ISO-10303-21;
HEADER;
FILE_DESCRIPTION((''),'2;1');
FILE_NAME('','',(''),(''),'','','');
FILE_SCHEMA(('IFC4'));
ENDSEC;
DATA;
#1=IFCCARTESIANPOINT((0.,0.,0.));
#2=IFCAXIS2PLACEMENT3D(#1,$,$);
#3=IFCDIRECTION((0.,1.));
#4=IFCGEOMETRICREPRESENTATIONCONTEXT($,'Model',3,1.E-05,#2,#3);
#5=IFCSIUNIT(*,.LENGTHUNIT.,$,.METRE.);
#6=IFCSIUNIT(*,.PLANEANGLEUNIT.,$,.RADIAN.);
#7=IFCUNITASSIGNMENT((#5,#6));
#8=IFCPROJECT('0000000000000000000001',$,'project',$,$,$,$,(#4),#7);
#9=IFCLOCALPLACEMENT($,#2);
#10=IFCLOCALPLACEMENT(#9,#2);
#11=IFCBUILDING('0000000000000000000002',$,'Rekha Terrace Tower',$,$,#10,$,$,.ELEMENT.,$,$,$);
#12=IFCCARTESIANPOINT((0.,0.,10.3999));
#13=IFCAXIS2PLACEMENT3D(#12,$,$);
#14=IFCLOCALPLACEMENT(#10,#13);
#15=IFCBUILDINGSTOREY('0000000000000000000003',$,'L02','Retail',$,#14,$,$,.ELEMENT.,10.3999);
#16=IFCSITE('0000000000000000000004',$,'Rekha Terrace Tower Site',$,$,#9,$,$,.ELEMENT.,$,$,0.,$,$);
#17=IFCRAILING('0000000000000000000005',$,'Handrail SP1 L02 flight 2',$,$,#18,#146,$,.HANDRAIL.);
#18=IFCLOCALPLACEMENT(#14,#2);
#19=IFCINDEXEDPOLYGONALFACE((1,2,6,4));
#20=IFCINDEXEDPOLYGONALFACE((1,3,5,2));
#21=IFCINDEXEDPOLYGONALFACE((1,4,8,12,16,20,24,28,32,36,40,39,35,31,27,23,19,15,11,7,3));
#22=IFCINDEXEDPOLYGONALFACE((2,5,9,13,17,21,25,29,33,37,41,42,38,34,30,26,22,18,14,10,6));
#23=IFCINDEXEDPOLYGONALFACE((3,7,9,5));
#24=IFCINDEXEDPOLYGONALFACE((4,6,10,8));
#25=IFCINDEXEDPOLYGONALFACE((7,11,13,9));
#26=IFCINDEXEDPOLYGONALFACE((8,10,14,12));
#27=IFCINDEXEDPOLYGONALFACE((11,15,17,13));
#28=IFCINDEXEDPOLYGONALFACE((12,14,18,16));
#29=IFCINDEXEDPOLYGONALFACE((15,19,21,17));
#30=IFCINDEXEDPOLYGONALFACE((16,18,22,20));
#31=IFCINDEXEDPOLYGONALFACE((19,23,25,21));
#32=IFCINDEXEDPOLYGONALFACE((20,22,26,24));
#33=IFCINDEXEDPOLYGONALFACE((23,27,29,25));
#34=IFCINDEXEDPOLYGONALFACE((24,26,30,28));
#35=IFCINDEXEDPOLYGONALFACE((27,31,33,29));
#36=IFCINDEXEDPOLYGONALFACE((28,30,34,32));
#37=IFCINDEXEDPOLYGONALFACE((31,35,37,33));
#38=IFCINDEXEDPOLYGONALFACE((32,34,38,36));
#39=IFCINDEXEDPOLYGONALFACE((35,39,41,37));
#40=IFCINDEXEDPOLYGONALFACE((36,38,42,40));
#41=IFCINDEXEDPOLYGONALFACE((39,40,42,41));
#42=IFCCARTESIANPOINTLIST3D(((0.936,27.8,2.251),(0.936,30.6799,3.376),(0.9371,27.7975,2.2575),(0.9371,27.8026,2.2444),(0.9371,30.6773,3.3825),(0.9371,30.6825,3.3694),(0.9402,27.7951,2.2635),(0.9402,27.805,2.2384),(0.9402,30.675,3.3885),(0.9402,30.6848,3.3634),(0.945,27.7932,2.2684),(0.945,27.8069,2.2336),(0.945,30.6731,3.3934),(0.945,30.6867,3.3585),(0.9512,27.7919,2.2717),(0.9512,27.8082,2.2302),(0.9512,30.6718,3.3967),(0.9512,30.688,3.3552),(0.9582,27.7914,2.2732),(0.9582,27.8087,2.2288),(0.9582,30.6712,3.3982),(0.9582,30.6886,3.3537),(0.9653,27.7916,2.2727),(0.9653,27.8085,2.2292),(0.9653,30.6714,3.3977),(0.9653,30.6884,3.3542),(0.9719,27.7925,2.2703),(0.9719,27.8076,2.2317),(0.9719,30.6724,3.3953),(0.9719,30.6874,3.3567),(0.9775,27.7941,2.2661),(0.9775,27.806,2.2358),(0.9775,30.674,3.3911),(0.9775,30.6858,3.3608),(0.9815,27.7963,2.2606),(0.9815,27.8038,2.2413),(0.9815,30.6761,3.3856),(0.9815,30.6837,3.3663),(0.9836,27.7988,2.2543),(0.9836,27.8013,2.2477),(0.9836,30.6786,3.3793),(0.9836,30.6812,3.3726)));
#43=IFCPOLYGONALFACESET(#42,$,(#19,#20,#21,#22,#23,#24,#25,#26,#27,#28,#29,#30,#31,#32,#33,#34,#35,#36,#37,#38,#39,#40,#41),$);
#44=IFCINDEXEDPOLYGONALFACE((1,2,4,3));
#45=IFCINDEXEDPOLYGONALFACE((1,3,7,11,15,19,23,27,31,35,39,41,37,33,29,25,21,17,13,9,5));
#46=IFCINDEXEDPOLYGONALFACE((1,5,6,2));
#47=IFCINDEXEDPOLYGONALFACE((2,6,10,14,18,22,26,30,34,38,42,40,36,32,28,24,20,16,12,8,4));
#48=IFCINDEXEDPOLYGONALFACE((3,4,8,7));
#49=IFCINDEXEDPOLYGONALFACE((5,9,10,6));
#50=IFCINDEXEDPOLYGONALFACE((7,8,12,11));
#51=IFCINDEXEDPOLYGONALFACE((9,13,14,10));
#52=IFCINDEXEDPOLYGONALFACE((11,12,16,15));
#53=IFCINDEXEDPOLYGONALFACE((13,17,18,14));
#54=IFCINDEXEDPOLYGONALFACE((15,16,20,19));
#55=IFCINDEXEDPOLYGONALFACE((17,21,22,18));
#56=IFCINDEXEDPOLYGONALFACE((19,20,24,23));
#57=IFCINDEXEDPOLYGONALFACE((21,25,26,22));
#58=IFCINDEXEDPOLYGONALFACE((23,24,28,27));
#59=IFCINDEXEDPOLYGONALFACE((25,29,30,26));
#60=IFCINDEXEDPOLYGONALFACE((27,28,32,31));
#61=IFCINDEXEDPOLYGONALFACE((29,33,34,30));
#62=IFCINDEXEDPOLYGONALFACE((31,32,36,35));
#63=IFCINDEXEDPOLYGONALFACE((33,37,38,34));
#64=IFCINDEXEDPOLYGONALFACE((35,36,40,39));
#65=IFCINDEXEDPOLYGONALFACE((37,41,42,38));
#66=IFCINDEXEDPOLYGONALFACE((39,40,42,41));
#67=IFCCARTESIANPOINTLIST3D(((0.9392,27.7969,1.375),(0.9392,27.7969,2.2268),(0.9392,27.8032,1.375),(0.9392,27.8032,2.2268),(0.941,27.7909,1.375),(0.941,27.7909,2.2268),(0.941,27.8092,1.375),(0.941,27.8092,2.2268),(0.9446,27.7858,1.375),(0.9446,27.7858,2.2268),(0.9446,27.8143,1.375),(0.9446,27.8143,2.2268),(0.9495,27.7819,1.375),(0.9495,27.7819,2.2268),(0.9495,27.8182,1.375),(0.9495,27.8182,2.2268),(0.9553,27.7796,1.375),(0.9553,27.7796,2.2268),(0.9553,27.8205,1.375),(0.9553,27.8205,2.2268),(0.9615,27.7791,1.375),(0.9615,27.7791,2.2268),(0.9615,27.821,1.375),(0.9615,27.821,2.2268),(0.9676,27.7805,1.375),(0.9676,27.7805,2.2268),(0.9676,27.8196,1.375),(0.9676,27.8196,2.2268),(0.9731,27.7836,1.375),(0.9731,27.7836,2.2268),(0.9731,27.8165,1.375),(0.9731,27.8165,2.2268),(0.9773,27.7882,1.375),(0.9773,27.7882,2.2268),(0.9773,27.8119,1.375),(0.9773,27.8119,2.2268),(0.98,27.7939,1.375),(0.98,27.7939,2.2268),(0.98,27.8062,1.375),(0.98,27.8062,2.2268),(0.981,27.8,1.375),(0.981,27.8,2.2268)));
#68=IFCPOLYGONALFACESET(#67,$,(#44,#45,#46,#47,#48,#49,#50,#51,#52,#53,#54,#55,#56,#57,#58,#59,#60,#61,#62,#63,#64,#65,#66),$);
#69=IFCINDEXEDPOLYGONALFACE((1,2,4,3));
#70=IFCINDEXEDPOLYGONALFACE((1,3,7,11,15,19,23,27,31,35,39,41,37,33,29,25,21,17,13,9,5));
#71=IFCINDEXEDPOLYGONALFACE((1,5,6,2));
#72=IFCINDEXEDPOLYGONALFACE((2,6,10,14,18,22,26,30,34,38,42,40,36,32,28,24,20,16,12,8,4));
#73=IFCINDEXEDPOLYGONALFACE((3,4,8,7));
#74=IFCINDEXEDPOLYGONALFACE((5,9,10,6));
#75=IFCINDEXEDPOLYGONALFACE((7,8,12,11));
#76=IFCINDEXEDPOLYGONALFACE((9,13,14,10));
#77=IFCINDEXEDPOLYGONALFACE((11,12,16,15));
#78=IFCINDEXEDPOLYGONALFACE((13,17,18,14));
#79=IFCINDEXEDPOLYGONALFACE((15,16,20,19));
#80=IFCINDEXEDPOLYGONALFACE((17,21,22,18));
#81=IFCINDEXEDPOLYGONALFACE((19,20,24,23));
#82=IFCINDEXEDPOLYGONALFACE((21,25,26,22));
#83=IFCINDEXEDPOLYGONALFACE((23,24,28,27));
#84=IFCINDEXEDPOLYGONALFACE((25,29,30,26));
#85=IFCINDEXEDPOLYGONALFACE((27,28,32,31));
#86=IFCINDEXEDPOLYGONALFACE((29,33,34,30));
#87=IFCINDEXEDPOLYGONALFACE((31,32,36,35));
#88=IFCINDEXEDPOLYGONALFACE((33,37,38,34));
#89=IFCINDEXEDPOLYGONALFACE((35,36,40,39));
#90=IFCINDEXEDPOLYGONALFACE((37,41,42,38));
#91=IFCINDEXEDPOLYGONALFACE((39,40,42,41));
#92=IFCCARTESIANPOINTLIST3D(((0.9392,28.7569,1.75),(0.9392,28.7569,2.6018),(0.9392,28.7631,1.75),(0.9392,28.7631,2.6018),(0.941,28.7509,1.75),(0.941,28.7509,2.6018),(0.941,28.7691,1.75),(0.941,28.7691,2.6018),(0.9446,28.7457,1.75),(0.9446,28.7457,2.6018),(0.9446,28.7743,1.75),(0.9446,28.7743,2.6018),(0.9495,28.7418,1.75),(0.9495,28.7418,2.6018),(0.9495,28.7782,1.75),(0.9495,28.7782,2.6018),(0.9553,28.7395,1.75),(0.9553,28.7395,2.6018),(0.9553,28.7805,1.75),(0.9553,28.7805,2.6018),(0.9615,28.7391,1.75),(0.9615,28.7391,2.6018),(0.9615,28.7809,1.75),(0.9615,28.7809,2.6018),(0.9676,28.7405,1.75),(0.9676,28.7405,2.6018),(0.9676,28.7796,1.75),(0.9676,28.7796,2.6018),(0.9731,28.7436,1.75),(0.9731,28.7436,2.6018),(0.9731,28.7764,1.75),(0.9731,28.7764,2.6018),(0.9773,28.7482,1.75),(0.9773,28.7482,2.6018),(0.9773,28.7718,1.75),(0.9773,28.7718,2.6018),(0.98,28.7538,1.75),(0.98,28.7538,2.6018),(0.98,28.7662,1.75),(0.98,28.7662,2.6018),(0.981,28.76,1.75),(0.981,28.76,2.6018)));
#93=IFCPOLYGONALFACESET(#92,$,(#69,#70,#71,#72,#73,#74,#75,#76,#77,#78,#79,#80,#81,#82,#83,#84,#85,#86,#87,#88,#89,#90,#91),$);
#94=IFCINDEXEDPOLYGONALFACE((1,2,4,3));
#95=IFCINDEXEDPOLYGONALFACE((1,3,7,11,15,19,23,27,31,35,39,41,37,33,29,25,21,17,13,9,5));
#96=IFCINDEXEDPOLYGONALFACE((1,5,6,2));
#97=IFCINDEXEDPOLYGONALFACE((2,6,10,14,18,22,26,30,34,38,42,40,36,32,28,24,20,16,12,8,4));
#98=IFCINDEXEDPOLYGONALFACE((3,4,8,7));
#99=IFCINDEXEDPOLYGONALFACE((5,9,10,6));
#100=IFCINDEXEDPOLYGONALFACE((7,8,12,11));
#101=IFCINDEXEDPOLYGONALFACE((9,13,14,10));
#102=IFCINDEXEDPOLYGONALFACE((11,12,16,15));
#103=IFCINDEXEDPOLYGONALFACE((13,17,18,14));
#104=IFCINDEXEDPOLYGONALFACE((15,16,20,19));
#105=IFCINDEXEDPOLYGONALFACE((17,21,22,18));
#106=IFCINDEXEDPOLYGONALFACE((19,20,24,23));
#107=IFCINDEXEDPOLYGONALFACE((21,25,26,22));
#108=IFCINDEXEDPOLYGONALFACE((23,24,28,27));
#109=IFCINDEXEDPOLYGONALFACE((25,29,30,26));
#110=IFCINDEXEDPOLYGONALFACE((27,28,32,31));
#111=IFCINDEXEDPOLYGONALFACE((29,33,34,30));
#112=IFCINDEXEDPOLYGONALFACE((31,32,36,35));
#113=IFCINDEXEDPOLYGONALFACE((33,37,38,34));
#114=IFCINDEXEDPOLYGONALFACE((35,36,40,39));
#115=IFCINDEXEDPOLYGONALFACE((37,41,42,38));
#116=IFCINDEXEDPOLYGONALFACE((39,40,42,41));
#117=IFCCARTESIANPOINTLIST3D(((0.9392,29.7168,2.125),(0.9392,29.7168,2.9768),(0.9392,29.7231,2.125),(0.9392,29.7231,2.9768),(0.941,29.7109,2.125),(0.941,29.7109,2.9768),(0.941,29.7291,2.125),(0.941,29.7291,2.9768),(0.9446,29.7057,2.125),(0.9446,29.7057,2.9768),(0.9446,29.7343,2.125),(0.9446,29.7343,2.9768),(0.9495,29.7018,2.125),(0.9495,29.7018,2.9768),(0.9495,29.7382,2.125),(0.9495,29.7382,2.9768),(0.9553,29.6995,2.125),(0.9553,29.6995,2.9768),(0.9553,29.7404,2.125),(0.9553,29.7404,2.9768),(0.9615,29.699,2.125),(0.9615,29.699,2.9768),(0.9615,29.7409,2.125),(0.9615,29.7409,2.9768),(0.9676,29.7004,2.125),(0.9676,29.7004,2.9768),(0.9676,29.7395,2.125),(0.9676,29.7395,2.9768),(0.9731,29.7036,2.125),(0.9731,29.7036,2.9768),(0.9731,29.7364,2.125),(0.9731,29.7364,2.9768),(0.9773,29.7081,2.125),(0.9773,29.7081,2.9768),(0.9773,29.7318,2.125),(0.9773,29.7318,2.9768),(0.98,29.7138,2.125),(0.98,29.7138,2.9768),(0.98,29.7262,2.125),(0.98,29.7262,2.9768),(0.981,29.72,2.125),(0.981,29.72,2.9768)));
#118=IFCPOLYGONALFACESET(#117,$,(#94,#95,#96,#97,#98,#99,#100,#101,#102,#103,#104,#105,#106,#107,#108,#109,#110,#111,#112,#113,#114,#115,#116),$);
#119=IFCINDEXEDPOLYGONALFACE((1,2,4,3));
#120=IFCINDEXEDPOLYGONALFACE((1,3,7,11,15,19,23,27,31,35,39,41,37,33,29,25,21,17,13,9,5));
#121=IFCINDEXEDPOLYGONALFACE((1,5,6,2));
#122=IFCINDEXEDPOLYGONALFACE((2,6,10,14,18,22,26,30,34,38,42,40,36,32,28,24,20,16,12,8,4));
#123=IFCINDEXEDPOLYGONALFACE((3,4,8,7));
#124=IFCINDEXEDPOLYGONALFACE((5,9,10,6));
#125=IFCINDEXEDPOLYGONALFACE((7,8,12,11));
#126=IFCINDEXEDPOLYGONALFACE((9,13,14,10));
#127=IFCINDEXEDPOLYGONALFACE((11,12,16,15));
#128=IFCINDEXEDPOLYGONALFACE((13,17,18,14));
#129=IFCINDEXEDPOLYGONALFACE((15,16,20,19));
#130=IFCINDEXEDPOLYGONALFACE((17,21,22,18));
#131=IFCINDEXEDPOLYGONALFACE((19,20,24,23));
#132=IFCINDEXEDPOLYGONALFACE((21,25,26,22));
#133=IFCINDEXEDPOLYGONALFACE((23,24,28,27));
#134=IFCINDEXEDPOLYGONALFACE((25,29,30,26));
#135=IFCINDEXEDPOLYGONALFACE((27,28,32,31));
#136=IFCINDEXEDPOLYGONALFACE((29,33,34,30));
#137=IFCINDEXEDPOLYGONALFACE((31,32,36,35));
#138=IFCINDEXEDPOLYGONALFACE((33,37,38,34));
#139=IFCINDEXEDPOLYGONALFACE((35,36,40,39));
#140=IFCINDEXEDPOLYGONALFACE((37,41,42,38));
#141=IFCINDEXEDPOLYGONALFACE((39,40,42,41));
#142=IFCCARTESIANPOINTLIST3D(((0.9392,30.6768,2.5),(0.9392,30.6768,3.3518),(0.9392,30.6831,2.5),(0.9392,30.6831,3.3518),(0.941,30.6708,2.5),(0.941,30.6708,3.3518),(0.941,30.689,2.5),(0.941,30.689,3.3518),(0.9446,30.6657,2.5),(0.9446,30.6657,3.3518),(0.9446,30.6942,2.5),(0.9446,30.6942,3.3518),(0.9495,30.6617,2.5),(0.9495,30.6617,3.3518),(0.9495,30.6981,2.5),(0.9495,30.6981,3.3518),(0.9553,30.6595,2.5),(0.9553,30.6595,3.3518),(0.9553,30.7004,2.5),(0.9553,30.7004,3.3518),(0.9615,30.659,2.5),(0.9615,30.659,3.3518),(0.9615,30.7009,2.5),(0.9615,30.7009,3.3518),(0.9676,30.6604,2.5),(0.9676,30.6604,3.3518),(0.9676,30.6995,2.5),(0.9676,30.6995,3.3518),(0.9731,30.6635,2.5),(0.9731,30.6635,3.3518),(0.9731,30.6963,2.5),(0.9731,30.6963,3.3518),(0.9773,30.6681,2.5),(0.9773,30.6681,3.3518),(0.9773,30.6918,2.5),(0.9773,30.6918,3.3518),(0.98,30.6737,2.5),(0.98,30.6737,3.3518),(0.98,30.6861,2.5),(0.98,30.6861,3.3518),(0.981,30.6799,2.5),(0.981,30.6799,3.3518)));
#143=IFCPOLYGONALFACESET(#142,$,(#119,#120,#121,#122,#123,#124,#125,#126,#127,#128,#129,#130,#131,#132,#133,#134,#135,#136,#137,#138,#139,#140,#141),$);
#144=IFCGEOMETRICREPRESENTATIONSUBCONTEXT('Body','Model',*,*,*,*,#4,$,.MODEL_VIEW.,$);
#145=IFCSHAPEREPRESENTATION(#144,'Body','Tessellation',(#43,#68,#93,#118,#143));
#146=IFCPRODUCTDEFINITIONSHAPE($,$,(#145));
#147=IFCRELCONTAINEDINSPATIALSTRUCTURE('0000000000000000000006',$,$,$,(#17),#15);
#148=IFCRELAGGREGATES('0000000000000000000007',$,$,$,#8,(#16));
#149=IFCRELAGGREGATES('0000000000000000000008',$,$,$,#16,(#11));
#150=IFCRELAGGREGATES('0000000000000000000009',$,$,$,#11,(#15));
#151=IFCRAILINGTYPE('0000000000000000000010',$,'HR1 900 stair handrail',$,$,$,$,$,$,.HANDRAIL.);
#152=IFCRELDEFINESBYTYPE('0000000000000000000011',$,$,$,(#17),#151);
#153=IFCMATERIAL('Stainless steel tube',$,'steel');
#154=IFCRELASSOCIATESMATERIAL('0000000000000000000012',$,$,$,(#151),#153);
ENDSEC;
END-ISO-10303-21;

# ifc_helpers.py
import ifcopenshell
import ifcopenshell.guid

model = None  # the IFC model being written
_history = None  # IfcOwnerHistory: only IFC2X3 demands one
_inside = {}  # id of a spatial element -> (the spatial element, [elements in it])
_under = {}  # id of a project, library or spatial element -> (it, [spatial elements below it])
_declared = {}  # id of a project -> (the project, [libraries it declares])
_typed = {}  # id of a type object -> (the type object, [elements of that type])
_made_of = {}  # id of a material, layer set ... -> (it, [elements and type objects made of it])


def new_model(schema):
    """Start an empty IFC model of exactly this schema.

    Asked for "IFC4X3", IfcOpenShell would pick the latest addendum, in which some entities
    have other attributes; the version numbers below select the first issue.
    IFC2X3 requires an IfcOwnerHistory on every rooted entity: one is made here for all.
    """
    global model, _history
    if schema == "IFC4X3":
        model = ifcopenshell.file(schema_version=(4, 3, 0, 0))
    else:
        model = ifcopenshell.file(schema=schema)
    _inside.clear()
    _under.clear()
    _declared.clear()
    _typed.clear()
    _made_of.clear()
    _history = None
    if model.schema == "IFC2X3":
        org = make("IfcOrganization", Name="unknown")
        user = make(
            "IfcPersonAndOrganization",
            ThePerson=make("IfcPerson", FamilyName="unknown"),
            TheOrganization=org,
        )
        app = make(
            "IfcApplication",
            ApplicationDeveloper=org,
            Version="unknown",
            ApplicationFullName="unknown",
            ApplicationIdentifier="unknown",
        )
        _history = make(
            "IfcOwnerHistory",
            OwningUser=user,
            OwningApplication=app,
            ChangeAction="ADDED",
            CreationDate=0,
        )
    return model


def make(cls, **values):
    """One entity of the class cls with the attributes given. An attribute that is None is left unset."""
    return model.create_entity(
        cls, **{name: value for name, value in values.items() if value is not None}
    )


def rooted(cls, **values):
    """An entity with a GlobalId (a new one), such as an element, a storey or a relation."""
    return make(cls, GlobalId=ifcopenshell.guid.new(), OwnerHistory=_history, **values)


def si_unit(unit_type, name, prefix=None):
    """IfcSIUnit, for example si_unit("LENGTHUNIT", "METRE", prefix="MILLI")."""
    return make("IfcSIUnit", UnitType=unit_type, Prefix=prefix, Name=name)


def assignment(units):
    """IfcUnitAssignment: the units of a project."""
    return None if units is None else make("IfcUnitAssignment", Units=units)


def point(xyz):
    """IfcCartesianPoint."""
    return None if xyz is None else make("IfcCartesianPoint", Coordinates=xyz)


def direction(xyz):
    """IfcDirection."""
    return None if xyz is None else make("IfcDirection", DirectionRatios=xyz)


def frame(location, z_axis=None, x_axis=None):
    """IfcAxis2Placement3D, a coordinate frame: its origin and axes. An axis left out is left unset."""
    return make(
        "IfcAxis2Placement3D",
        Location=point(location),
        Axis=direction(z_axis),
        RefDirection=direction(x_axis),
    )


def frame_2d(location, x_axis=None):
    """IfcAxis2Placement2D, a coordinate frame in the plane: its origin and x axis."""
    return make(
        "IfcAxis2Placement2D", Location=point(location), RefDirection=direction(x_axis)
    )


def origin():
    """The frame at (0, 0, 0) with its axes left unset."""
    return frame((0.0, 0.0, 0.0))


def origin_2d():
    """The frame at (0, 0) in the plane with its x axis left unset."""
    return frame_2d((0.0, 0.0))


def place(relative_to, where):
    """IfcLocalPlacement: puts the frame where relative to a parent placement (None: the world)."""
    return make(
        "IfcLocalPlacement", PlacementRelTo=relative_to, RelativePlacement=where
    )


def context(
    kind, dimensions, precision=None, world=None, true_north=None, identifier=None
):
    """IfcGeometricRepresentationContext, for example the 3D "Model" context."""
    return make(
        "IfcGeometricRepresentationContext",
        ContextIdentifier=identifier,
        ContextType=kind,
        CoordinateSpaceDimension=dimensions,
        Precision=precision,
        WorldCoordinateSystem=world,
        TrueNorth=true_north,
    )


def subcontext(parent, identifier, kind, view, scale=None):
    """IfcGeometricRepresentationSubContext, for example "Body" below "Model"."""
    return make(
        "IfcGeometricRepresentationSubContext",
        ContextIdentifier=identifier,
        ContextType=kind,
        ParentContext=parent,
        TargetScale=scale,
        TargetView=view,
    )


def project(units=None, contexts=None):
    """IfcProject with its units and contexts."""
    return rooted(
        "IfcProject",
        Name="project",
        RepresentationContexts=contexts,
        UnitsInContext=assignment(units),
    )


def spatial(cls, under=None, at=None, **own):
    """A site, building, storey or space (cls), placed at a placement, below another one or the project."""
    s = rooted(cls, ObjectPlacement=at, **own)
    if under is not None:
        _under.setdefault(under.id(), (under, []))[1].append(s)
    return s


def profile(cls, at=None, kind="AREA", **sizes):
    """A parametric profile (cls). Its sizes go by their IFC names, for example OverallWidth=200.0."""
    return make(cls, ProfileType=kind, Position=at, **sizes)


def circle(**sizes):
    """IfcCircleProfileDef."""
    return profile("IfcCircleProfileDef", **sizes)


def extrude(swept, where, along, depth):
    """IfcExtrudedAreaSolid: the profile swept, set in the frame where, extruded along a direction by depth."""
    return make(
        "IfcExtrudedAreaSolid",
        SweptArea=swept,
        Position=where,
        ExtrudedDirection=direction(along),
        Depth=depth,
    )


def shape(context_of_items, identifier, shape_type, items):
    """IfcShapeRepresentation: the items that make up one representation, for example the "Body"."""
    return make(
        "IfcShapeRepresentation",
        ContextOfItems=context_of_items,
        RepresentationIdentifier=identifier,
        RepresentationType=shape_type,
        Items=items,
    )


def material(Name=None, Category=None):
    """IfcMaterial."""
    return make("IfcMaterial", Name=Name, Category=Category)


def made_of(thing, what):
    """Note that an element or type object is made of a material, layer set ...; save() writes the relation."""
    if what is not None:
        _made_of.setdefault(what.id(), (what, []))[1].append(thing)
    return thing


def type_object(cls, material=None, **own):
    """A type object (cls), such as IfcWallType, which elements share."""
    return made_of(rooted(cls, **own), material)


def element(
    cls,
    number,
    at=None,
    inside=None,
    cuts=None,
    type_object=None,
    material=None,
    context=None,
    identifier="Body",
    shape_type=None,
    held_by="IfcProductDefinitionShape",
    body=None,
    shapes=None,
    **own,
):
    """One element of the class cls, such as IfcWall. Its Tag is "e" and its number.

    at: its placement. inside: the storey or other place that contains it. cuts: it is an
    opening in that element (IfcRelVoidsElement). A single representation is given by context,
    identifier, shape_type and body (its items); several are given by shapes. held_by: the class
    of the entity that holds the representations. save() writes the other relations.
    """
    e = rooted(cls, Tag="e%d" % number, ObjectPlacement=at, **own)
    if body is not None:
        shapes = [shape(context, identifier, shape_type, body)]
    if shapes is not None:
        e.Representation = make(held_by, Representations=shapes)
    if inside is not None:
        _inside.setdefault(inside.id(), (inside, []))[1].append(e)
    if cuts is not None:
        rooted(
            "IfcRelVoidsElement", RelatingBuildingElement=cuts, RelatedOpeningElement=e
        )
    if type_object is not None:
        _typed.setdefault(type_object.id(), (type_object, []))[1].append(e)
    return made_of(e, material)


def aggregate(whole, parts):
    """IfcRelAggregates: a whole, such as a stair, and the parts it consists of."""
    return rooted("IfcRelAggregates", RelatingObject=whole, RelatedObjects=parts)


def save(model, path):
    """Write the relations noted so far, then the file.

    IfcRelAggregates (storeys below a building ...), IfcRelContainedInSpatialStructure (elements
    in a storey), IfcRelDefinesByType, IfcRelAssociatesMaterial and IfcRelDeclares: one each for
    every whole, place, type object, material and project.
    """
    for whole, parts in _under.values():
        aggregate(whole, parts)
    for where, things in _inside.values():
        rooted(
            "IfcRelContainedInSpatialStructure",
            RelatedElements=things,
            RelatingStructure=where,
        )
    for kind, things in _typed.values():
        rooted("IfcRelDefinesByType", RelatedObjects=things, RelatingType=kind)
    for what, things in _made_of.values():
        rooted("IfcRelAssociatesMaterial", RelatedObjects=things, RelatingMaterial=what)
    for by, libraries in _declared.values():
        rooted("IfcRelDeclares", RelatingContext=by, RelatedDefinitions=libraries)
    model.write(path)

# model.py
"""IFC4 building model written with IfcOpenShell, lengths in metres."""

from ifc_helpers import new_model, si_unit, direction, frame, origin, origin_2d, place, context, subcontext, project, spatial, circle, extrude, material, type_object, element, save


model = new_model("IFC4")

# Units and contexts
model_context = context("Model", 3, precision=1e-05, world=origin(), true_north=direction((0.0, 1.0)))
body_context = subcontext(model_context, "Body", "Model", "MODEL_VIEW")
ifc_project = project(units=[si_unit("LENGTHUNIT", "METRE"), si_unit("PLANEANGLEUNIT", "RADIAN")], contexts=[model_context])

# Site, building, storey
site_placement = place(None, origin())
site = spatial("IfcSite", under=ifc_project, at=site_placement, Name="Rekha Terrace Tower Site", CompositionType="ELEMENT", RefElevation=0.0)
building_placement = place(site_placement, origin())
building = spatial("IfcBuilding", under=site, at=building_placement, Name="Rekha Terrace Tower", CompositionType="ELEMENT")
storey_placement = place(building_placement, frame((0.0, 0.0, 10.3999)))
storey = spatial("IfcBuildingStorey", under=building, at=storey_placement, Name="L02", Description="Retail", CompositionType="ELEMENT", Elevation=10.3999)

# Railing
ifc_material_1 = material(Name="Stainless steel tube", Category="steel")
railing_type_1 = type_object("IfcRailingType", Name="HR1 900 stair handrail", PredefinedType="HANDRAIL", material=ifc_material_1)
railing_1_placement = place(storey_placement, frame((0.96, 27.8, 1.375)))
element("IfcRailing", 1, at=railing_1_placement, inside=storey, type_object=railing_type_1, Name="Handrail SP1 L02 flight 2", PredefinedType="HANDRAIL", context=body_context, shape_type="SweptSolid", body=[
    extrude(circle(Radius=0.0239, at=origin_2d()), frame((0.0, 0.0, 0.876), z_axis=(0.0, 0.931452, 0.363863), x_axis=(-1.0, 0.0, 0.0)), (0.0, 0.0, 1.0), 3.0918),
    extrude(circle(Radius=0.021, at=origin_2d()), origin(), (0.0, 0.0, 1.0), 0.8518),
    extrude(circle(Radius=0.021, at=origin_2d()), frame((0.0, 0.96, 0.375)), (0.0, 0.0, 1.0), 0.8518),
    extrude(circle(Radius=0.021, at=origin_2d()), frame((0.0, 1.9199, 0.75)), (0.0, 0.0, 1.0), 0.8518),
    extrude(circle(Radius=0.021, at=origin_2d()), frame((0.0, 2.8799, 1.125)), (0.0, 0.0, 1.0), 0.8518),
])

save(model, "model.ifc")
